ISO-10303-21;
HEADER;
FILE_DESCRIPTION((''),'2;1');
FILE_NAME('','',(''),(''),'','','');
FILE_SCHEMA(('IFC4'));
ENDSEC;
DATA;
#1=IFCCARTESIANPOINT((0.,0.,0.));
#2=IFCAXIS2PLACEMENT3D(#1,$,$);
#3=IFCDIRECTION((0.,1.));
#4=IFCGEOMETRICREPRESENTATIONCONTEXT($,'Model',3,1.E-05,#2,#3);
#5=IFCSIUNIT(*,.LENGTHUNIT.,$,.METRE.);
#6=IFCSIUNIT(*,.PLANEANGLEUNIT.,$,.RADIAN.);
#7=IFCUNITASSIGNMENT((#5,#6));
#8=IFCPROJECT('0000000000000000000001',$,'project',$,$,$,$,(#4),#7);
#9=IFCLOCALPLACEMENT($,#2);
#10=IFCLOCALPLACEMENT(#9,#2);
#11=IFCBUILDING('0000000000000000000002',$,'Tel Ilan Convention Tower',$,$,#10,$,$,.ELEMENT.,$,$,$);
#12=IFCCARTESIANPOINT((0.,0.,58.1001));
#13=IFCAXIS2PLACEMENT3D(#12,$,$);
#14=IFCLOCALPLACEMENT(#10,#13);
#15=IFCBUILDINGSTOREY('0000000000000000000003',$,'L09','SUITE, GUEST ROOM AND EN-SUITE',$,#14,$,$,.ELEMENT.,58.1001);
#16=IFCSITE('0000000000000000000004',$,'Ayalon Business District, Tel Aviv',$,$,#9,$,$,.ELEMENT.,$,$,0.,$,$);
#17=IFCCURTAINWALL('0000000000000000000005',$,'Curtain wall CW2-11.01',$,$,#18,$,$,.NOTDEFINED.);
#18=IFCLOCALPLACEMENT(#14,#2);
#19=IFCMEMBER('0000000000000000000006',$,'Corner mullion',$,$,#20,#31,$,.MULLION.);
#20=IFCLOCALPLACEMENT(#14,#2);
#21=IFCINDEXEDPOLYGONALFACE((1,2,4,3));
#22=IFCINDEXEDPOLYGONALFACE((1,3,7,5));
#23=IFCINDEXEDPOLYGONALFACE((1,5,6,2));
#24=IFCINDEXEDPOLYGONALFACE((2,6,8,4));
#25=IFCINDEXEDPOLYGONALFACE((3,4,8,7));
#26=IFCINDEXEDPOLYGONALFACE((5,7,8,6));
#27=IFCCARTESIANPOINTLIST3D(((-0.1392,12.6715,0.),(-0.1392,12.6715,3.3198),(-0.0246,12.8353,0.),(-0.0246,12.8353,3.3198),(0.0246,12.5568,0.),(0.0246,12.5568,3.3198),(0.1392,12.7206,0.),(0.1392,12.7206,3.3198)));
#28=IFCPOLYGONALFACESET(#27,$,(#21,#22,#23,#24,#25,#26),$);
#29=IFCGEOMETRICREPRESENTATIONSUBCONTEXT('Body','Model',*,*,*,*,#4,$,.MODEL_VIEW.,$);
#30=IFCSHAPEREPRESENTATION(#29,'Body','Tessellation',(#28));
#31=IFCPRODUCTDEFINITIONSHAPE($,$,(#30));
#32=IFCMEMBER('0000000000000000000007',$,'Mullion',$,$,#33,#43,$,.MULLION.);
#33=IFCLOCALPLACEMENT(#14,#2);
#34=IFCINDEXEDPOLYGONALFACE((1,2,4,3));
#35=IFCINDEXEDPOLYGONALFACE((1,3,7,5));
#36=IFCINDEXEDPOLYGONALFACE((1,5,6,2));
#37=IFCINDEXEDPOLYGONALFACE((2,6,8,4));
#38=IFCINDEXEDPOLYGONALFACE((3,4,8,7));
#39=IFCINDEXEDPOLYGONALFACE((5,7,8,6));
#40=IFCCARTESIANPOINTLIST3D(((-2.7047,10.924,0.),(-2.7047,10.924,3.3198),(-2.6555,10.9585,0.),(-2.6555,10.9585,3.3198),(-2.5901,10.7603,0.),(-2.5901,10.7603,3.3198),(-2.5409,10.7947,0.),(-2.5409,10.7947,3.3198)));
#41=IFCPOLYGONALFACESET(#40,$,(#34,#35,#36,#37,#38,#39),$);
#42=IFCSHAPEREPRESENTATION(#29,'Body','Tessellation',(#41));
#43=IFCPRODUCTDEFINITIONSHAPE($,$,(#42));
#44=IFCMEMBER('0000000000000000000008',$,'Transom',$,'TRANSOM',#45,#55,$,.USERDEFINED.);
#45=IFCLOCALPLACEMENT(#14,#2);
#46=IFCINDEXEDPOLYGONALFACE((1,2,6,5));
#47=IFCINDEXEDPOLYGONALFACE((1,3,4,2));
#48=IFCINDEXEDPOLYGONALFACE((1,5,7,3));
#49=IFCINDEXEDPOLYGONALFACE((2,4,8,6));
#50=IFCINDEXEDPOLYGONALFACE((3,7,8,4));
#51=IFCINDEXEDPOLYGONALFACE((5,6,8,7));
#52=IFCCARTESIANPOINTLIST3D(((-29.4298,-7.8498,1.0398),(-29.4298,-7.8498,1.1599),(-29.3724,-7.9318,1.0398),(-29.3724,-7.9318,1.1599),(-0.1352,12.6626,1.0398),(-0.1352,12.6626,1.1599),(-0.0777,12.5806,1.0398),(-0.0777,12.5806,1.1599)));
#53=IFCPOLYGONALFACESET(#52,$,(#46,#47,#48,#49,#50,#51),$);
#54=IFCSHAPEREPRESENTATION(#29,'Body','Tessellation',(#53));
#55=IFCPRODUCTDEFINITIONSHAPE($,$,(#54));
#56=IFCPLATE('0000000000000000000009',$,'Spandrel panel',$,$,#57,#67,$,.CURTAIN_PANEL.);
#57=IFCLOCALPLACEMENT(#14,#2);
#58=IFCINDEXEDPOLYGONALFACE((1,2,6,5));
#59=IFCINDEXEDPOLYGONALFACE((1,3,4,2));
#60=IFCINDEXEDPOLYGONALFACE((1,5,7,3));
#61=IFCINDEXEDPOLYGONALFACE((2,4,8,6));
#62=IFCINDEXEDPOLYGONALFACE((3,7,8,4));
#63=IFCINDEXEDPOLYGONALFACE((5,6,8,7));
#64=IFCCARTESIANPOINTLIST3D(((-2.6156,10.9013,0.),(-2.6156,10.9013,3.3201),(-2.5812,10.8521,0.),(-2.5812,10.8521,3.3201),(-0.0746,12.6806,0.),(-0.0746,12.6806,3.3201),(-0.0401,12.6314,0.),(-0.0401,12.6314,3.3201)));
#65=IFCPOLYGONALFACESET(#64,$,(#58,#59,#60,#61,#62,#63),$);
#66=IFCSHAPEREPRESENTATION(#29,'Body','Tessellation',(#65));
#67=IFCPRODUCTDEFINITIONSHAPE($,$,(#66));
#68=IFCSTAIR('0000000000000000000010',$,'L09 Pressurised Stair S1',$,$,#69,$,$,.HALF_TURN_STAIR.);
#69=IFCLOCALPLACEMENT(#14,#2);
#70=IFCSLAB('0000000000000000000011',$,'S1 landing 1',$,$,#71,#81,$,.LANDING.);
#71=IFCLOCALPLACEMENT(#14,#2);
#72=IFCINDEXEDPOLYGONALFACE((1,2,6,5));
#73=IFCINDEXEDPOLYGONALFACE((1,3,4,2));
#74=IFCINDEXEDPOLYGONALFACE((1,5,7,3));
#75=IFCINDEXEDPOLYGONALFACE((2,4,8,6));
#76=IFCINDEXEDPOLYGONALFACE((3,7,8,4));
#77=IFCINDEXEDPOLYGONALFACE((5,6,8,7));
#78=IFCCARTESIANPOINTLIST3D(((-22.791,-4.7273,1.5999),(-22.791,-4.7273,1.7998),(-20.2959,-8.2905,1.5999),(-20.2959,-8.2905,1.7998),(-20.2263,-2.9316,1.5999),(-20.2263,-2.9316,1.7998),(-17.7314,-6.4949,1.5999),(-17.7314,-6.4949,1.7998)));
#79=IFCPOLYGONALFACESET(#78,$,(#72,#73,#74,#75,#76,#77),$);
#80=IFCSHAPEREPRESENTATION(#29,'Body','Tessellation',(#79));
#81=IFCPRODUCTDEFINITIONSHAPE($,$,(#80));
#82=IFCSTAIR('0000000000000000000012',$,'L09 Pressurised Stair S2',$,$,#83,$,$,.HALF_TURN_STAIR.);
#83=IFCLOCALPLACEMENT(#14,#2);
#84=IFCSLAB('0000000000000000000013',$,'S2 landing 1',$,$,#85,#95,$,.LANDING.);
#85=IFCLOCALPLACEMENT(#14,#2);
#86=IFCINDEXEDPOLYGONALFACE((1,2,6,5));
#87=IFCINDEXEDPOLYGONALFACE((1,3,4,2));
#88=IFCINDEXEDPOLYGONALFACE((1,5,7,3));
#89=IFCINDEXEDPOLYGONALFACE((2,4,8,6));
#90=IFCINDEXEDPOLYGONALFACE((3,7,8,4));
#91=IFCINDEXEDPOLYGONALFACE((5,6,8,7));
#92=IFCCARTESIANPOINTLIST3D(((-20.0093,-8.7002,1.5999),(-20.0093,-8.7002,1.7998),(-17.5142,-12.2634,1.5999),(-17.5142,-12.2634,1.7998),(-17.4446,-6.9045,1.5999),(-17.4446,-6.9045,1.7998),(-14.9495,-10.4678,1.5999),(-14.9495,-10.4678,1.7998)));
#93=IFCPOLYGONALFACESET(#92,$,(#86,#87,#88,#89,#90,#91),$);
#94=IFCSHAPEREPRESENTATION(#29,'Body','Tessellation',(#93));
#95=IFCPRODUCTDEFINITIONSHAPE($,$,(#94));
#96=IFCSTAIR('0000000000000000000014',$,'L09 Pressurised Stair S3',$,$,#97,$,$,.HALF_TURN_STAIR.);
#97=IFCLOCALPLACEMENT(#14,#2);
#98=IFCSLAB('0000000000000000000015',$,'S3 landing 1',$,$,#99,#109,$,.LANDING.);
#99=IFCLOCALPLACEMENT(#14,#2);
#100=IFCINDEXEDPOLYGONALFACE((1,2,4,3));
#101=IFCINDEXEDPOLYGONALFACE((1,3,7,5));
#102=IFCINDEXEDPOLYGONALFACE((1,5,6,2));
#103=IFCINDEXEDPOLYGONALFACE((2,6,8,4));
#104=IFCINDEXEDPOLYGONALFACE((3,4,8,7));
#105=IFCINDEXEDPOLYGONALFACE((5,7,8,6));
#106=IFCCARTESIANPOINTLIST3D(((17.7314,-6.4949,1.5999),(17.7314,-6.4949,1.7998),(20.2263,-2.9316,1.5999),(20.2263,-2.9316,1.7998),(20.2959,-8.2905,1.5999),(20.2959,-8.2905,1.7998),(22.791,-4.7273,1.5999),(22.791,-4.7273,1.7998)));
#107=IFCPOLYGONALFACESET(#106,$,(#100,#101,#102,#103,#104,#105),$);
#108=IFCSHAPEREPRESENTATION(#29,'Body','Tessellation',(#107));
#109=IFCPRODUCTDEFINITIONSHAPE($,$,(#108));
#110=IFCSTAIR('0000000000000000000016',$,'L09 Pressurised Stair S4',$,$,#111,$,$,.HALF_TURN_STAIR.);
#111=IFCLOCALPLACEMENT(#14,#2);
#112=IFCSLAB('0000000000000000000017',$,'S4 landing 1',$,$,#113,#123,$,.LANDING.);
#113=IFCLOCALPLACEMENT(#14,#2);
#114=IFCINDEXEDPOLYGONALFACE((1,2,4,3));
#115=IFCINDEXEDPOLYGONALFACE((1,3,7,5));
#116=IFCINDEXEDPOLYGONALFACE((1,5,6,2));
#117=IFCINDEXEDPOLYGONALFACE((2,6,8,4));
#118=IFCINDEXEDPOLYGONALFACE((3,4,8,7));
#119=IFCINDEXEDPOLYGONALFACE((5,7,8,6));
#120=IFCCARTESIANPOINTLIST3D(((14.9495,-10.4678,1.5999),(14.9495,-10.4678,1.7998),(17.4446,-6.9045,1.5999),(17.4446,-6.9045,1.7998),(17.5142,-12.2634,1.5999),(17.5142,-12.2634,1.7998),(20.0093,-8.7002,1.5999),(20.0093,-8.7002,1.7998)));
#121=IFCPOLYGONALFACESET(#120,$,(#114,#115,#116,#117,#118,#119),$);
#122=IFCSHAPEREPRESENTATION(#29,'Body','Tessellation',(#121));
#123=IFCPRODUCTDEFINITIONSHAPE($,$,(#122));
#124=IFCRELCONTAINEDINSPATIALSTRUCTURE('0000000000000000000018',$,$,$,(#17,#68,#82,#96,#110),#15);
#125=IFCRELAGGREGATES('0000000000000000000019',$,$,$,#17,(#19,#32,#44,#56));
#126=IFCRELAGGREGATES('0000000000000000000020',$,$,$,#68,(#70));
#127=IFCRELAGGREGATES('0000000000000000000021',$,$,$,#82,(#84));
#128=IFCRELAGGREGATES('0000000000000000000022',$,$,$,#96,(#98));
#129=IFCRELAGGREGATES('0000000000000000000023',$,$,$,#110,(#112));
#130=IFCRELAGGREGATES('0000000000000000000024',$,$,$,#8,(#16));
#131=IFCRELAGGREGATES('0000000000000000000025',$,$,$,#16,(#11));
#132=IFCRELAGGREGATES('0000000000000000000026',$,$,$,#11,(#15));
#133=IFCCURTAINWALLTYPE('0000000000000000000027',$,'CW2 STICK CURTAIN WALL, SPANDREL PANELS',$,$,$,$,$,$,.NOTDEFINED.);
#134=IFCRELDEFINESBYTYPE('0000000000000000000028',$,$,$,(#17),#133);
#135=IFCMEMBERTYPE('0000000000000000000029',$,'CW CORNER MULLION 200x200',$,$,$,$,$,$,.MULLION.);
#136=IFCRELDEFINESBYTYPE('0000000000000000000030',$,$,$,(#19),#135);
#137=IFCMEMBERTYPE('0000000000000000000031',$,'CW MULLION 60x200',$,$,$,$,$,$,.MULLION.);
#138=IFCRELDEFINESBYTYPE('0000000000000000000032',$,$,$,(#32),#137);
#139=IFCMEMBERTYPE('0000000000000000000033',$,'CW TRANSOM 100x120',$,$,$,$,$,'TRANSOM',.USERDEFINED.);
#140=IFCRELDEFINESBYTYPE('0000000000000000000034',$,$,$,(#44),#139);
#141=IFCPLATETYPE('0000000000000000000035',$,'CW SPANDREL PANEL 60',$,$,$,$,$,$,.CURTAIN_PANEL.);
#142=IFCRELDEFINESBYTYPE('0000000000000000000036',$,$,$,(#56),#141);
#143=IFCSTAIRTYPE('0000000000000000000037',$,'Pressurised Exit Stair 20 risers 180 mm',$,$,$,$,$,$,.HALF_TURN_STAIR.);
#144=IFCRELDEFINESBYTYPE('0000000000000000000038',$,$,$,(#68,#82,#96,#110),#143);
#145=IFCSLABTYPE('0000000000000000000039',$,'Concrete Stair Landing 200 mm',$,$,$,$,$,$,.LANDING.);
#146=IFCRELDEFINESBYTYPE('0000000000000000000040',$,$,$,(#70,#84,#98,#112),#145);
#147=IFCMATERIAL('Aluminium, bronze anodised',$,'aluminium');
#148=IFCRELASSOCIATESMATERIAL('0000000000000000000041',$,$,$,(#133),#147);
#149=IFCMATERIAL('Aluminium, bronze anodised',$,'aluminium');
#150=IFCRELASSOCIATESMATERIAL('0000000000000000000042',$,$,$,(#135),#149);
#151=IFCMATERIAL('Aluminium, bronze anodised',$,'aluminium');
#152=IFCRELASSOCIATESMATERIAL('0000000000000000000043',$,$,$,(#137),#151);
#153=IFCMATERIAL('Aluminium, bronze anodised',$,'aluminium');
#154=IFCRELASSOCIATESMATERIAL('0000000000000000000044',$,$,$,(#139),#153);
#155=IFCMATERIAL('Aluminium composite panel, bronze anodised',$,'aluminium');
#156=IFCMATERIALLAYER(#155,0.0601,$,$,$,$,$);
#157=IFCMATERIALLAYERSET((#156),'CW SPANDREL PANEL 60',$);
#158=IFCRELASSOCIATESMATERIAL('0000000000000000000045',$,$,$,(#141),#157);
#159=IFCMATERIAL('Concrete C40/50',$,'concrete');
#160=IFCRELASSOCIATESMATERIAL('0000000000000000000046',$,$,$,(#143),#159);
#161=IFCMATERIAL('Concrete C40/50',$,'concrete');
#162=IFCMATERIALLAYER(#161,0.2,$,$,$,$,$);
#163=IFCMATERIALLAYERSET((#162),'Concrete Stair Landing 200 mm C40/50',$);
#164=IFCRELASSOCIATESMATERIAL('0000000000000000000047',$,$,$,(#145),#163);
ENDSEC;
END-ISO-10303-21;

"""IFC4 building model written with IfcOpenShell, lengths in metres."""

from ifc_helpers import new_model, si_unit, direction, frame, origin, origin_2d, place, context, subcontext, project, spatial, polyline, rectangle, outline, extrude, material, layer, layer_set, material_profile, profile_set, type_object, element, aggregate, save


model = new_model("IFC4")

# Units and contexts
model_context = context("Model", 3, precision=1e-05, world=origin(), true_north=direction((0.0, 1.0)))
body_context = subcontext(model_context, "Body", "Model", "MODEL_VIEW")
ifc_project = project(units=[si_unit("LENGTHUNIT", "METRE"), si_unit("PLANEANGLEUNIT", "RADIAN")], contexts=[model_context])

# Site, building, storey
site_placement = place(None, origin())
site = spatial("IfcSite", under=ifc_project, at=site_placement, Name="Ayalon Business District, Tel Aviv", CompositionType="ELEMENT", RefElevation=0.0)
building_placement = place(site_placement, origin())
building = spatial("IfcBuilding", under=site, at=building_placement, Name="Tel Ilan Convention Tower", CompositionType="ELEMENT")
storey_placement = place(building_placement, frame((0.0, 0.0, 58.1001)))
storey = spatial("IfcBuildingStorey", under=building, at=storey_placement, Name="L09", Description="SUITE, GUEST ROOM AND EN-SUITE", CompositionType="ELEMENT", Elevation=58.1001)

# Curtain wall, members, plate
ifc_material_1 = material(Name="Aluminium, bronze anodised", Category="aluminium")
curtain_wall_type = type_object("IfcCurtainWallType", Name="CW2 STICK CURTAIN WALL, SPANDREL PANELS", PredefinedType="NOTDEFINED", material=ifc_material_1)
curtain_wall_placement = place(storey_placement, origin())
curtain_wall = element("IfcCurtainWall", 1, at=curtain_wall_placement, inside=storey, type_object=curtain_wall_type, Name="Curtain wall CW2-11.01", PredefinedType="NOTDEFINED")
ifc_material_2 = material(Name="Aluminium, bronze anodised", Category="aluminium")
ifc_material_profile_1 = material_profile(ifc_material_2, rectangle(XDim=0.2, YDim=0.2, at=origin_2d()), Name="CW CORNER MULLION 200x200")
ifc_profile_set_1 = profile_set([ifc_material_profile_1], Name="Aluminium, bronze anodised")
member_type_1 = type_object("IfcMemberType", Name="CW CORNER MULLION 200x200", PredefinedType="MULLION", material=ifc_profile_set_1)
member_1_placement = place(storey_placement, frame((0.0, 12.696, 0.0), z_axis=(0.0, 0.0, 1.0), x_axis=(-0.819152, 0.573576, 0.0)))
member_1 = element("IfcMember", 2, at=member_1_placement, type_object=member_type_1, Name="Corner mullion", PredefinedType="MULLION", context=body_context, shape_type="SweptSolid", body=[
    extrude(rectangle(XDim=0.2, YDim=0.2, at=origin_2d()), origin(), (0.0, 0.0, 1.0), 3.3198),
])
ifc_material_3 = material(Name="Aluminium, bronze anodised", Category="aluminium")
ifc_material_profile_2 = material_profile(ifc_material_3, rectangle(XDim=0.0601, YDim=0.2, at=origin_2d()), Name="CW MULLION 60x200")
ifc_profile_set_2 = profile_set([ifc_material_profile_2], Name="Aluminium, bronze anodised")
member_type_2 = type_object("IfcMemberType", Name="CW MULLION 60x200", PredefinedType="MULLION", material=ifc_profile_set_2)
member_2_placement = place(storey_placement, frame((-2.6228, 10.8594, 0.0), z_axis=(0.0, 0.0, 1.0), x_axis=(-0.819152, -0.573576, 0.0)))
member_2 = element("IfcMember", 3, at=member_2_placement, type_object=member_type_2, Name="Mullion", PredefinedType="MULLION", context=body_context, shape_type="SweptSolid", body=[
    extrude(rectangle(XDim=0.0601, YDim=0.2, at=origin_2d()), origin(), (0.0, 0.0, 1.0), 3.3198),
])
ifc_material_4 = material(Name="Aluminium, bronze anodised", Category="aluminium")
ifc_material_profile_3 = material_profile(ifc_material_4, rectangle(XDim=0.1001, YDim=0.1201, at=origin_2d()), Name="CW TRANSOM 100x120")
ifc_profile_set_3 = profile_set([ifc_material_profile_3], Name="Aluminium, bronze anodised")
member_type_3 = type_object("IfcMemberType", Name="CW TRANSOM 100x120", ElementType="TRANSOM", PredefinedType="USERDEFINED", material=ifc_profile_set_3)
member_3_placement = place(storey_placement, frame((-0.1064, 12.6216, 1.0999), z_axis=(-0.819151, -0.573578, 0.0), x_axis=(0.573578, -0.819151, 0.0)))
member_3 = element("IfcMember", 4, at=member_3_placement, type_object=member_type_3, Name="Transom", ObjectType="TRANSOM", PredefinedType="USERDEFINED", context=body_context, shape_type="SweptSolid", body=[
    extrude(rectangle(XDim=0.1001, YDim=0.1201, at=origin_2d()), origin(), (0.0, 0.0, 1.0), 35.7622),
])
ifc_material_5 = material(Name="Aluminium composite panel, bronze anodised", Category="aluminium")
ifc_layer_1 = layer(ifc_material_5, 0.0601)
ifc_layer_set_1 = layer_set([ifc_layer_1], Name="CW SPANDREL PANEL 60")
plate_type = type_object("IfcPlateType", Name="CW SPANDREL PANEL 60", PredefinedType="CURTAIN_PANEL", material=ifc_layer_set_1)
plate_placement = place(storey_placement, frame((-1.3279, 11.7664, 0.0), z_axis=(0.0, 0.0, 1.0), x_axis=(-0.819152, -0.573576, 0.0)))
plate = element("IfcPlate", 5, at=plate_placement, type_object=plate_type, Name="Spandrel panel", PredefinedType="CURTAIN_PANEL", context=body_context, shape_type="SweptSolid", body=[
    extrude(rectangle(XDim=3.1021, YDim=0.0601, at=origin_2d()), origin(), (0.0, 0.0, 1.0), 3.3201),
])
aggregate(curtain_wall, [member_1, member_2, member_3, plate])

# Stairs, slabs
ifc_material_6 = material(Name="Concrete C40/50", Category="concrete")
stair_type = type_object("IfcStairType", Name="Pressurised Exit Stair 20 risers 180 mm", PredefinedType="HALF_TURN_STAIR", material=ifc_material_6)
stair_1_placement = place(storey_placement, origin())
stair_1 = element("IfcStair", 6, at=stair_1_placement, inside=storey, type_object=stair_type, Name="L09 Pressurised Stair S1", PredefinedType="HALF_TURN_STAIR")
ifc_material_7 = material(Name="Concrete C40/50", Category="concrete")
ifc_layer_2 = layer(ifc_material_7, 0.2)
ifc_layer_set_2 = layer_set([ifc_layer_2], Name="Concrete Stair Landing 200 mm C40/50")
slab_type_1 = type_object("IfcSlabType", Name="Concrete Stair Landing 200 mm", PredefinedType="LANDING", material=ifc_layer_set_2)
slab_1_placement = place(storey_placement, frame((0.0, 0.0, 1.5999)))
slab_1 = element("IfcSlab", 7, at=slab_1_placement, type_object=slab_type_1, Name="S1 landing 1", PredefinedType="LANDING", context=body_context, shape_type="SweptSolid", body=[
    extrude(outline(polyline([(-20.2959, -8.2905), (-17.7314, -6.4949), (-20.2263, -2.9316), (-22.791, -4.7273), (-20.2959, -8.2905)])), origin(), (0.0, 0.0, 1.0), 0.2),
])
aggregate(stair_1, [slab_1])
stair_2_placement = place(storey_placement, origin())
stair_2 = element("IfcStair", 8, at=stair_2_placement, inside=storey, type_object=stair_type, Name="L09 Pressurised Stair S2", PredefinedType="HALF_TURN_STAIR")
slab_2_placement = place(storey_placement, frame((0.0, 0.0, 1.5999)))
slab_2 = element("IfcSlab", 9, at=slab_2_placement, type_object=slab_type_1, Name="S2 landing 1", PredefinedType="LANDING", context=body_context, shape_type="SweptSolid", body=[
    extrude(outline(polyline([(-17.5142, -12.2634), (-14.9495, -10.4678), (-17.4446, -6.9045), (-20.0093, -8.7002), (-17.5142, -12.2634)])), origin(), (0.0, 0.0, 1.0), 0.2),
])
aggregate(stair_2, [slab_2])
stair_3_placement = place(storey_placement, origin())
stair_3 = element("IfcStair", 10, at=stair_3_placement, inside=storey, type_object=stair_type, Name="L09 Pressurised Stair S3", PredefinedType="HALF_TURN_STAIR")
slab_3_placement = place(storey_placement, frame((0.0, 0.0, 1.5999)))
slab_3 = element("IfcSlab", 11, at=slab_3_placement, type_object=slab_type_1, Name="S3 landing 1", PredefinedType="LANDING", context=body_context, shape_type="SweptSolid", body=[
    extrude(outline(polyline([(22.791, -4.7273), (20.2263, -2.9316), (17.7314, -6.4949), (20.2959, -8.2905), (22.791, -4.7273)])), origin(), (0.0, 0.0, 1.0), 0.2),
])
aggregate(stair_3, [slab_3])
stair_4_placement = place(storey_placement, origin())
stair_4 = element("IfcStair", 12, at=stair_4_placement, inside=storey, type_object=stair_type, Name="L09 Pressurised Stair S4", PredefinedType="HALF_TURN_STAIR")
slab_4_placement = place(storey_placement, frame((0.0, 0.0, 1.5999)))
slab_4 = element("IfcSlab", 13, at=slab_4_placement, type_object=slab_type_1, Name="S4 landing 1", PredefinedType="LANDING", context=body_context, shape_type="SweptSolid", body=[
    extrude(outline(polyline([(20.0093, -8.7002), (17.4446, -6.9045), (14.9495, -10.4678), (17.5142, -12.2634), (20.0093, -8.7002)])), origin(), (0.0, 0.0, 1.0), 0.2),
])
aggregate(stair_4, [slab_4])

save(model, "model.ifc")
